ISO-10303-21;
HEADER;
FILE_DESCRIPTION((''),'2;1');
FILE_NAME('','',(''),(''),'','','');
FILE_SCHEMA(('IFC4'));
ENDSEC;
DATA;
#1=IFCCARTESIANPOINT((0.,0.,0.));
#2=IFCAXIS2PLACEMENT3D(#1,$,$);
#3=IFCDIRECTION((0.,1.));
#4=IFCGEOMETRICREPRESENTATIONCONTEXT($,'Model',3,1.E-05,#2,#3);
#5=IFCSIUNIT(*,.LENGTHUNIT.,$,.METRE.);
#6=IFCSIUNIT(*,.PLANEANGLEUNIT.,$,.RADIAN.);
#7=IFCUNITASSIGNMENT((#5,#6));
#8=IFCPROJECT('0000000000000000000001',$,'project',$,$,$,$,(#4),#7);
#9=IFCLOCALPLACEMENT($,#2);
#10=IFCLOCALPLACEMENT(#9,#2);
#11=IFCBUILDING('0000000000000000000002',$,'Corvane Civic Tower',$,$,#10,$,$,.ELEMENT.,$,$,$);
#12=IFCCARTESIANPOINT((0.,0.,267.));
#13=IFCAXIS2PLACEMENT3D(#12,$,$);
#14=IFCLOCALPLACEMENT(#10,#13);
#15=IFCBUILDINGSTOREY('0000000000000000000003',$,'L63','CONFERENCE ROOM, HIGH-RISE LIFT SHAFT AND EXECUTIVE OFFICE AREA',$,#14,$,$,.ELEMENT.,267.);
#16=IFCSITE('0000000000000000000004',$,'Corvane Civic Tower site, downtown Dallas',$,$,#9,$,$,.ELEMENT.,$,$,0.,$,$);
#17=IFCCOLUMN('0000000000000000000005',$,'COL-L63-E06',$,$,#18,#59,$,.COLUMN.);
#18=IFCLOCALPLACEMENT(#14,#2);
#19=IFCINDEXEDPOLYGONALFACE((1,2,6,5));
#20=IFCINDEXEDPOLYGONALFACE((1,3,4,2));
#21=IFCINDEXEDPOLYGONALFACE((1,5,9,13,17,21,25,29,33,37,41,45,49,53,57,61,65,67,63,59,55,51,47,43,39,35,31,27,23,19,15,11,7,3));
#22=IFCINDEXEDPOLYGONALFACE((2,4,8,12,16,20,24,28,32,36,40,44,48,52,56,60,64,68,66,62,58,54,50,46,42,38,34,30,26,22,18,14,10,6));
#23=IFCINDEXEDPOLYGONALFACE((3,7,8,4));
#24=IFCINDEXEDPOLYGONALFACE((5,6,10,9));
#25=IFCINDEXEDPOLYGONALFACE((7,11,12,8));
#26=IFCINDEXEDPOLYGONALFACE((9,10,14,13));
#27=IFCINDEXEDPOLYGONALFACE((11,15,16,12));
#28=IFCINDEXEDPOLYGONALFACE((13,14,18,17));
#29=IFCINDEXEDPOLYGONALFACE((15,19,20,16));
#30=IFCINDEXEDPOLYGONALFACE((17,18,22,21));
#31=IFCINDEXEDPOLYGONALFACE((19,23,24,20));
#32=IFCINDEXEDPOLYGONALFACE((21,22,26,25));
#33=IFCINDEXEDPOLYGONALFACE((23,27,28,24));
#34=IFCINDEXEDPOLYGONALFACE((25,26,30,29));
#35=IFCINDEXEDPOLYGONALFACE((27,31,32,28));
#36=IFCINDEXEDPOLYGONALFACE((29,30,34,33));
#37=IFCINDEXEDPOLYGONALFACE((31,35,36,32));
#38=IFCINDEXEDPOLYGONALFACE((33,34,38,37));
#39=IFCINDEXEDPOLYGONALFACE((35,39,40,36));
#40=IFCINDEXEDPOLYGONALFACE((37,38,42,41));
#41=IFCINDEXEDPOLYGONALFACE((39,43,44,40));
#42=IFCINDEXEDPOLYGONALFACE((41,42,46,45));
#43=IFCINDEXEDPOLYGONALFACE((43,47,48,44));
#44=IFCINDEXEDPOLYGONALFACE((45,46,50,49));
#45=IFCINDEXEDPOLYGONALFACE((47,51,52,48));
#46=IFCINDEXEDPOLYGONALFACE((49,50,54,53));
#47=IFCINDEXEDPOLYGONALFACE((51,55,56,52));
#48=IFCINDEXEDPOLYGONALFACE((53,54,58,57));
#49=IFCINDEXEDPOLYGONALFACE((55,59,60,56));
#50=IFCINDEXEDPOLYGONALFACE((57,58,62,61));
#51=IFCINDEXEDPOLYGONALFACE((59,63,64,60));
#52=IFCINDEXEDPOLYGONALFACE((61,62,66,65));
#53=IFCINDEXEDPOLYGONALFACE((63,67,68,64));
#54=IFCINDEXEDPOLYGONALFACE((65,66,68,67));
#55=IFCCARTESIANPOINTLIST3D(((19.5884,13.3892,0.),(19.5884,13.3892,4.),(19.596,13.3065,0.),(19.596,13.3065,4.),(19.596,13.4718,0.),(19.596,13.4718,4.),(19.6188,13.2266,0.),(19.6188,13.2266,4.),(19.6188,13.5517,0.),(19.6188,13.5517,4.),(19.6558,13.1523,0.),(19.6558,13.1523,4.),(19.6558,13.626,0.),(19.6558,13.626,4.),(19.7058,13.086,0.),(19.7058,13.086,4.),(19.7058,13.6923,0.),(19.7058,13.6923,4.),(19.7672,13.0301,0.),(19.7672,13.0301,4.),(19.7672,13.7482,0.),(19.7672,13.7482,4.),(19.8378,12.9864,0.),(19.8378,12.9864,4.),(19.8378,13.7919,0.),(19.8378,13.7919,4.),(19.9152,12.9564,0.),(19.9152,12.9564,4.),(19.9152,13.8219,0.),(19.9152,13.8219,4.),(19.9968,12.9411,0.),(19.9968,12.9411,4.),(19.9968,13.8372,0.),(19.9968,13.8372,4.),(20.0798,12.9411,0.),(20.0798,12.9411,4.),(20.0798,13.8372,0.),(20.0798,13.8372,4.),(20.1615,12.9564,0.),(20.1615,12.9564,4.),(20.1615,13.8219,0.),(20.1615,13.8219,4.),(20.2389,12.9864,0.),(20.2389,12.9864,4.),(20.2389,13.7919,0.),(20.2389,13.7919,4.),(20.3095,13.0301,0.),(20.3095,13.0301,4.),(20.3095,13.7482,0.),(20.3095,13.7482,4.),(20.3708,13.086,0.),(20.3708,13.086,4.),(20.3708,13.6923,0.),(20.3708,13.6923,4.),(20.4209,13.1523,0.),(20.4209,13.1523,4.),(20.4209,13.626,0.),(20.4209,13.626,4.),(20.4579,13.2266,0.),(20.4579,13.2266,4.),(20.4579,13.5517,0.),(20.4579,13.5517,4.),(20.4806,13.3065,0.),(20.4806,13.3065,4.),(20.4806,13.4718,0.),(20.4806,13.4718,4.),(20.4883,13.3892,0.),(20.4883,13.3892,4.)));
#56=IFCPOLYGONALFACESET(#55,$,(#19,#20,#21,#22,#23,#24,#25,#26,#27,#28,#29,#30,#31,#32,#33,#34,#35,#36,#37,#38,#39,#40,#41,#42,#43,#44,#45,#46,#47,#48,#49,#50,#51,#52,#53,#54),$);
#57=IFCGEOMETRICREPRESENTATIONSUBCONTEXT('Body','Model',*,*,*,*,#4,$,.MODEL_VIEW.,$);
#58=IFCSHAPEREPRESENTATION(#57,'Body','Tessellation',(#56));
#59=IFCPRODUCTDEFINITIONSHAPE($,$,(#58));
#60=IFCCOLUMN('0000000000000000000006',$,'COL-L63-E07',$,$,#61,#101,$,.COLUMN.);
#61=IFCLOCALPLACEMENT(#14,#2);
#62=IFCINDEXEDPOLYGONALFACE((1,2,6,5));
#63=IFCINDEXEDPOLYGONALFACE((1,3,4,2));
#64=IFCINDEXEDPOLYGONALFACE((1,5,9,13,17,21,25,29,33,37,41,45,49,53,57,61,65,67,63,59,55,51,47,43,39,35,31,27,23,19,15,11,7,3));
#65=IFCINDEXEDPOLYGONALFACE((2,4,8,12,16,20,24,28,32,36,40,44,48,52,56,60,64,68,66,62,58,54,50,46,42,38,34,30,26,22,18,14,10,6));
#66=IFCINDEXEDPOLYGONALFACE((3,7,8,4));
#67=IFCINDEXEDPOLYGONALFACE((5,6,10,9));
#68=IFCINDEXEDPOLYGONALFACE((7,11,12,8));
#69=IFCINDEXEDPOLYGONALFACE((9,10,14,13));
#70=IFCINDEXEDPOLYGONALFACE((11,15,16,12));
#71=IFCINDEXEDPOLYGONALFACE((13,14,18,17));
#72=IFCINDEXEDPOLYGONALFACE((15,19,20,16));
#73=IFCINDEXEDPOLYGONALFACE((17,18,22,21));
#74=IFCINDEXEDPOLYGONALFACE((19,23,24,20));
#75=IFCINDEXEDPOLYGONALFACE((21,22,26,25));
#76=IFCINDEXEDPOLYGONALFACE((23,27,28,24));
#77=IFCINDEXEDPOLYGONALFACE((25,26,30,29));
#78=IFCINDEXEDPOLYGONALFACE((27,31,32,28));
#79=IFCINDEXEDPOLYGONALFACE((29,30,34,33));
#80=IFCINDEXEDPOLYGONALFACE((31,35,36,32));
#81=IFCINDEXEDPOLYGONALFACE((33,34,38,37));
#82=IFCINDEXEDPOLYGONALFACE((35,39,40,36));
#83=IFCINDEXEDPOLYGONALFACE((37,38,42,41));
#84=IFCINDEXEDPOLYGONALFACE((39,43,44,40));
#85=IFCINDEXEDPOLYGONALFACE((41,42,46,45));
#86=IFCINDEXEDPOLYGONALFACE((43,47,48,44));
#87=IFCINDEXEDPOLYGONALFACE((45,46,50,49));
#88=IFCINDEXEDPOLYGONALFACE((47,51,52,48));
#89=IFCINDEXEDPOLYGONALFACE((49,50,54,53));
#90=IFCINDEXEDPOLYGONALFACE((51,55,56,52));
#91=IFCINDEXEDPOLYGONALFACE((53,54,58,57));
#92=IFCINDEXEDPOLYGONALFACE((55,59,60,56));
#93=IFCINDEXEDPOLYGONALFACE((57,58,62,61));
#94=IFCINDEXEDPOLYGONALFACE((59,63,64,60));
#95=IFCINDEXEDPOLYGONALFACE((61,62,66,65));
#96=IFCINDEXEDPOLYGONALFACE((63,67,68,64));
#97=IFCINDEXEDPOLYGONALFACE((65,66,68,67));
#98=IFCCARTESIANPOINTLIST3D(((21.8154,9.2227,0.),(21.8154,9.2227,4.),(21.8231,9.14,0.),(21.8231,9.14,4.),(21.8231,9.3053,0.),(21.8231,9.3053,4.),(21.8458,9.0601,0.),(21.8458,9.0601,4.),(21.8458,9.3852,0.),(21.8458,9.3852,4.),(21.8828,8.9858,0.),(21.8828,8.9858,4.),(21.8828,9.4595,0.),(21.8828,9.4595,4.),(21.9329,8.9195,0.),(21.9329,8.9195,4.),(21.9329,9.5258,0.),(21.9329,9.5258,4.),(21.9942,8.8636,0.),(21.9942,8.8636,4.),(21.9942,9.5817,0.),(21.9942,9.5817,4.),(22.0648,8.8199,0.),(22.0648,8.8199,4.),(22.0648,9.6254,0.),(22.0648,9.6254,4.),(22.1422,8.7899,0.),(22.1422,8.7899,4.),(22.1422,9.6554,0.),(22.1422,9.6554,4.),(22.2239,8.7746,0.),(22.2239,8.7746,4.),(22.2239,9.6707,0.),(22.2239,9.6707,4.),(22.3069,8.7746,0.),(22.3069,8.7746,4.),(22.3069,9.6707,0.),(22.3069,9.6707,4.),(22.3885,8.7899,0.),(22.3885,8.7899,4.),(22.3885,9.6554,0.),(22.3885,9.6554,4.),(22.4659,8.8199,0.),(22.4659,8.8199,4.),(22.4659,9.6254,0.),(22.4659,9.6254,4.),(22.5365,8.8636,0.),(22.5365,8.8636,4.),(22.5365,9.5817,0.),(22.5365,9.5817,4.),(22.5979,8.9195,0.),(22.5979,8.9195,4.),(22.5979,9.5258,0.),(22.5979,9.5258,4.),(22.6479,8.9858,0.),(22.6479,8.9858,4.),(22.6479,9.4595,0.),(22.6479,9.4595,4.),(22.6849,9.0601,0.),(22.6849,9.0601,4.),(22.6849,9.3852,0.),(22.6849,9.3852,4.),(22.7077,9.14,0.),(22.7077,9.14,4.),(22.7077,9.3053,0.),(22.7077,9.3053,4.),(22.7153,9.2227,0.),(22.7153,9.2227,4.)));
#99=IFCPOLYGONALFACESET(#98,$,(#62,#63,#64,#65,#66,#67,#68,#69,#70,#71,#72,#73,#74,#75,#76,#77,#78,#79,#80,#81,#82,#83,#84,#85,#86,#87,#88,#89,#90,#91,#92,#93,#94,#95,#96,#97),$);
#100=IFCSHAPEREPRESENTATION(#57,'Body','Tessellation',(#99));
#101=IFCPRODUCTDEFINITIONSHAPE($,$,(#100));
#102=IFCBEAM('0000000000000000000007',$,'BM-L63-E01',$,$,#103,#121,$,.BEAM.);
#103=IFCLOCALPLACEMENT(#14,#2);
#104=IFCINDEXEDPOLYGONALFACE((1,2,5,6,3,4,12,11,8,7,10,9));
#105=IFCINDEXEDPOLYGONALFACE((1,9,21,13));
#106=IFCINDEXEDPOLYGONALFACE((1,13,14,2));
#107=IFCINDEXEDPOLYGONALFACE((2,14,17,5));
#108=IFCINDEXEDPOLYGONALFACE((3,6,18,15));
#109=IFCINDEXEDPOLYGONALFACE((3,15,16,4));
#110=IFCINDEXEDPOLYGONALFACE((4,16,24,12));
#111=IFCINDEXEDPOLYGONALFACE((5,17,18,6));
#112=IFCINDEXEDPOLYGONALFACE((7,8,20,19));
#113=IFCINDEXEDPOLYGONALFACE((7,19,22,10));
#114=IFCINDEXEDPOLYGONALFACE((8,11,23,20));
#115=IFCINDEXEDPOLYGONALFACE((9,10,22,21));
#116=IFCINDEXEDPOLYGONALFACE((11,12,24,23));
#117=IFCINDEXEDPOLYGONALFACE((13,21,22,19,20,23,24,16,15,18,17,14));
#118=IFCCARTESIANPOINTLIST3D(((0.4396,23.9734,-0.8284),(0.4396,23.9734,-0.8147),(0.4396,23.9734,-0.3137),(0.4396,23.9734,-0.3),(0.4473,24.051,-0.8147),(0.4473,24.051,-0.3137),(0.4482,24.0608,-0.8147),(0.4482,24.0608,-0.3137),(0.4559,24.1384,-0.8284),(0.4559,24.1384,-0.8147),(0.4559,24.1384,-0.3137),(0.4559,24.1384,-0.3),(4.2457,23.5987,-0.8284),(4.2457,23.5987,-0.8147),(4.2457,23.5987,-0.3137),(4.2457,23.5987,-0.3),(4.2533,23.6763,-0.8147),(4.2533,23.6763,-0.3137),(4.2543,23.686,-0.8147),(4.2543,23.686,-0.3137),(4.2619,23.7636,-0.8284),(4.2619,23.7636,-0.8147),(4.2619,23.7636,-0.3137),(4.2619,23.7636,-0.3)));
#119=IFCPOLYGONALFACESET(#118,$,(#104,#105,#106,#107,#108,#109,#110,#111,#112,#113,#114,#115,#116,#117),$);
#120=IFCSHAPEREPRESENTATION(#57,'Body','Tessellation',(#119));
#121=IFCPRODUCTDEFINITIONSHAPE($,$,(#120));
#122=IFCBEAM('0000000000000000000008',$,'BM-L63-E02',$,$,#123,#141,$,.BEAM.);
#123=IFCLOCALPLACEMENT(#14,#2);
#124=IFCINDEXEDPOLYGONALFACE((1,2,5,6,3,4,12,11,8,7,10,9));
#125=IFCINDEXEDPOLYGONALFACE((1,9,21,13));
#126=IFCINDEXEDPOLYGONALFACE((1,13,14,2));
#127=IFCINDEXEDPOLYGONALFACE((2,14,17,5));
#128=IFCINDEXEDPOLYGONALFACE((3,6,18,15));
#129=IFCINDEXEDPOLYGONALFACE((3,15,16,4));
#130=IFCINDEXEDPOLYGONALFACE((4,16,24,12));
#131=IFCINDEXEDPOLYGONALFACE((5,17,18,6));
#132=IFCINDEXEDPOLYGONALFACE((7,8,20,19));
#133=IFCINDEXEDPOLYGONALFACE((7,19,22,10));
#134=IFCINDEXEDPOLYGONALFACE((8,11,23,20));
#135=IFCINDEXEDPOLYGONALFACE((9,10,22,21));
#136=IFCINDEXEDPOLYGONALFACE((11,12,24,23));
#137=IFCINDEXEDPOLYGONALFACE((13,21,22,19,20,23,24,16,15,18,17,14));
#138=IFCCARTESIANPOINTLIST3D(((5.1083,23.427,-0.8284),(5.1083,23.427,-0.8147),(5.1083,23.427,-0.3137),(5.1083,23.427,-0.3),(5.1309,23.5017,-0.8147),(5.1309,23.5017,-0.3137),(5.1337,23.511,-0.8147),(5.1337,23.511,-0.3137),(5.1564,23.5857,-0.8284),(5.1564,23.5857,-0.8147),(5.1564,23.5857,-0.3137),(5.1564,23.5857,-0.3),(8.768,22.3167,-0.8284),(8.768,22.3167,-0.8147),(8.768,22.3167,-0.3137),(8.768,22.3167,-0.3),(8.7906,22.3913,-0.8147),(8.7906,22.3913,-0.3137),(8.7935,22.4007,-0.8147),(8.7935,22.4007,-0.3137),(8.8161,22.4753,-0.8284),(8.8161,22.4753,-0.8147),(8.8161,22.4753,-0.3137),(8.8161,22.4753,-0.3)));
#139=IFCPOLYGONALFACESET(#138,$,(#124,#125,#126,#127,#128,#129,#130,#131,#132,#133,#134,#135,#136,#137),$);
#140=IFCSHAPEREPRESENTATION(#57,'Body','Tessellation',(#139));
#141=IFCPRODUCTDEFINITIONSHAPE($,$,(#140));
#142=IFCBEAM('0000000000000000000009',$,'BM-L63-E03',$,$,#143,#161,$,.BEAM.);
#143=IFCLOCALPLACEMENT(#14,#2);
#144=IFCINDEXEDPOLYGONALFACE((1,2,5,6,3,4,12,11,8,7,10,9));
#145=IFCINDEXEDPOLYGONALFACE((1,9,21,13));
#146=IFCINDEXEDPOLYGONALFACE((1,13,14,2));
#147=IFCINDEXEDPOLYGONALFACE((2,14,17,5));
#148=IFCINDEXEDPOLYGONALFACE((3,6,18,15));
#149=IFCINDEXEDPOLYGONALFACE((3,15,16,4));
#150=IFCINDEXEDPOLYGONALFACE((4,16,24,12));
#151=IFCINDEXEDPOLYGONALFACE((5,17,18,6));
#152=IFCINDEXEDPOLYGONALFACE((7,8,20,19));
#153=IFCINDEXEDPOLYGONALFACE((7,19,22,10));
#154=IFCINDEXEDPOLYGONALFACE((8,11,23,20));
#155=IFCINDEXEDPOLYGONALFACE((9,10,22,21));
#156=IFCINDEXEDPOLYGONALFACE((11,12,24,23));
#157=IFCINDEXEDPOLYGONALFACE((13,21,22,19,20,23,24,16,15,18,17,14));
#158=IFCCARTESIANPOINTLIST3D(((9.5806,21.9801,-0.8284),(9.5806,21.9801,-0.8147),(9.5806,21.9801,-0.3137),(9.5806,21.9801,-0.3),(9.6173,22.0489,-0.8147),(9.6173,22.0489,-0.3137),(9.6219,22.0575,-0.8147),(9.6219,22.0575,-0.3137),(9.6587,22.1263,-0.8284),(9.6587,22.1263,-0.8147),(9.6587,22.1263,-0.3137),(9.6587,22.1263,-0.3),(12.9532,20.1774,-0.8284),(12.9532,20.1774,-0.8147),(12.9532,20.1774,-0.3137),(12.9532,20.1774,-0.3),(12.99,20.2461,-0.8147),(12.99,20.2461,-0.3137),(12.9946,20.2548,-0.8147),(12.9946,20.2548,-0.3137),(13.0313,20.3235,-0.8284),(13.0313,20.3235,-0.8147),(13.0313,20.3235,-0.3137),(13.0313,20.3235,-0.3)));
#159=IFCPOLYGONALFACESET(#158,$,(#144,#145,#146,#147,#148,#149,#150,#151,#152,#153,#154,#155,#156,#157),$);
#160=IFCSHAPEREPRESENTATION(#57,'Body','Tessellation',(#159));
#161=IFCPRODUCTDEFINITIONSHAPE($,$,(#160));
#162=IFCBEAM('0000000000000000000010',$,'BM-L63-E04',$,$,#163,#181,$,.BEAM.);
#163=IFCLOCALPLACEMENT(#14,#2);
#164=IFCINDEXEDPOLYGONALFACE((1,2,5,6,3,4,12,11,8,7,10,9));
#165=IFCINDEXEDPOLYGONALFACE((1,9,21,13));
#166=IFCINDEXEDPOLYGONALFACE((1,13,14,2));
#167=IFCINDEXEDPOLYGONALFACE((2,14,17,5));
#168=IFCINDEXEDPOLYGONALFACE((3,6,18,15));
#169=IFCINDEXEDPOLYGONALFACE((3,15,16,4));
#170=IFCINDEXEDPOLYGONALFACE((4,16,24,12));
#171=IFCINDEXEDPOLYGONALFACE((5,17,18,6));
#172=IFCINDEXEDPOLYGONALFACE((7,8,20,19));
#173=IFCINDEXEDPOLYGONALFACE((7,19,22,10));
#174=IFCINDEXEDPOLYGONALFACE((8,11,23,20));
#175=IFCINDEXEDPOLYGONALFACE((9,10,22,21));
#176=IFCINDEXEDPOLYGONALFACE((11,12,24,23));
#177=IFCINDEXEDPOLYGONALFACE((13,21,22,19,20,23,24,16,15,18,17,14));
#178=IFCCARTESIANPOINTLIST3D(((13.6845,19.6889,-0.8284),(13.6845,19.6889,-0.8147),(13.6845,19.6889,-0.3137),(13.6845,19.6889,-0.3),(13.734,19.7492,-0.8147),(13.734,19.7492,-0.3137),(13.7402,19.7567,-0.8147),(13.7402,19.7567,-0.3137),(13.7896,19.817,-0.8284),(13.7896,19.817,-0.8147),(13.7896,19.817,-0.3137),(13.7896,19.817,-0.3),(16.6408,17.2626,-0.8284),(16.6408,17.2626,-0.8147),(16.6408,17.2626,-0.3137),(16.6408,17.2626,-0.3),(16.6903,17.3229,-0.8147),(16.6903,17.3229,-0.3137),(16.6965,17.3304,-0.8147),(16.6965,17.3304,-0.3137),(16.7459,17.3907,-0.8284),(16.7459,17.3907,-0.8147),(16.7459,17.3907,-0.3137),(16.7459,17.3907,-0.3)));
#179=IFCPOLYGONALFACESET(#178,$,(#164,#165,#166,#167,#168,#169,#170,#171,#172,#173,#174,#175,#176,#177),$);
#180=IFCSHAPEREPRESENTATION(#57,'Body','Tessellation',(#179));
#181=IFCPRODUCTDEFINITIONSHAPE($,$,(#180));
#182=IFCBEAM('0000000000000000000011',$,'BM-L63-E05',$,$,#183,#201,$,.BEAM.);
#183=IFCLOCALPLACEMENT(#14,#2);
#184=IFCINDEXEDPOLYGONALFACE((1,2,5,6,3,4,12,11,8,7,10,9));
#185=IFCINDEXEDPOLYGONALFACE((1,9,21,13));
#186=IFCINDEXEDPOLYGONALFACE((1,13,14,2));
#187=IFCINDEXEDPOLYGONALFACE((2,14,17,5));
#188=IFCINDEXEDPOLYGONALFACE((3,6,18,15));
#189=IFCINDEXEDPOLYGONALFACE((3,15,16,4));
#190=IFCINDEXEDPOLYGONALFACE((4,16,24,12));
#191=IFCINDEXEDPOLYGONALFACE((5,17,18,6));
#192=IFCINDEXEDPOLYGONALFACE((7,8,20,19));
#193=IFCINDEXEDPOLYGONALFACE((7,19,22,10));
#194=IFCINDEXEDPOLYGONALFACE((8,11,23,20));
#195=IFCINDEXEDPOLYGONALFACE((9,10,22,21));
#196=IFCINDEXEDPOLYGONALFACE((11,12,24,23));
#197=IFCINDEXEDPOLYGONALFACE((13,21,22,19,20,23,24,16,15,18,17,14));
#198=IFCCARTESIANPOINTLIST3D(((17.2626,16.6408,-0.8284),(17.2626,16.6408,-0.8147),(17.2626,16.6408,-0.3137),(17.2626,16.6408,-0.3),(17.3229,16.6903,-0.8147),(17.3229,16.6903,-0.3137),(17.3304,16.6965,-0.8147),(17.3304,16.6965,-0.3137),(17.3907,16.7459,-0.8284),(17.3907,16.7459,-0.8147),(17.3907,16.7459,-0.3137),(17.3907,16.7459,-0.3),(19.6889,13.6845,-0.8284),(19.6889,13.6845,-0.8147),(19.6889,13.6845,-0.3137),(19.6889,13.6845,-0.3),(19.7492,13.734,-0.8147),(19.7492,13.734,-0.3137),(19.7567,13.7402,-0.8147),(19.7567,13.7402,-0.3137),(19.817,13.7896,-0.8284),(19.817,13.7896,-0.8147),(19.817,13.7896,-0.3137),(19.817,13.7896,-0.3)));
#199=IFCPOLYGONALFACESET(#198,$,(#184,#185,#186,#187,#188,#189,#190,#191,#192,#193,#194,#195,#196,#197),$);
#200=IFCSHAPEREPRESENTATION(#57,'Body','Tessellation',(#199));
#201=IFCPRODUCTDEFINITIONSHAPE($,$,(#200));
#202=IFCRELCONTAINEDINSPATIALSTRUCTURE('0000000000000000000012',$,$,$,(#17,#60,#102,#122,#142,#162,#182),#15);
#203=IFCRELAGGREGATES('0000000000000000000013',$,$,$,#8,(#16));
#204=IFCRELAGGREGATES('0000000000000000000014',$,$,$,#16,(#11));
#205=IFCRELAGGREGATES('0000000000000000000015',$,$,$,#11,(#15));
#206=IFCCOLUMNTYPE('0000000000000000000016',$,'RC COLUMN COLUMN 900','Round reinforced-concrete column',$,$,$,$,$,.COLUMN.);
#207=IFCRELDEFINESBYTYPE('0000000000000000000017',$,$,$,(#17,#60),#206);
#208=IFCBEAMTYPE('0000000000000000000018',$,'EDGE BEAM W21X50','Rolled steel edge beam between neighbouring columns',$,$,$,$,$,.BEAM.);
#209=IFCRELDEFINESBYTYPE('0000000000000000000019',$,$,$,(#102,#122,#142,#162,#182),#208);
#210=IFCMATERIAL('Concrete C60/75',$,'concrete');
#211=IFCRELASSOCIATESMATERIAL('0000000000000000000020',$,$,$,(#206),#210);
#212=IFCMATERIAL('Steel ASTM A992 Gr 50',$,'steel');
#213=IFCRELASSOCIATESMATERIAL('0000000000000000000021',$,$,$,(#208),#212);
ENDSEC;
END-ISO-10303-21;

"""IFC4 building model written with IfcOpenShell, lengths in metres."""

from ifc_helpers import new_model, si_unit, direction, frame, origin, origin_2d, place, context, subcontext, project, spatial, circle, i_section, extrude, material, material_profile, profile_set, type_object, element, save


model = new_model("IFC4")

# Units and contexts
model_context = context("Model", 3, precision=1e-05, world=origin(), true_north=direction((0.0, 1.0)))
body_context = subcontext(model_context, "Body", "Model", "MODEL_VIEW")
ifc_project = project(units=[si_unit("LENGTHUNIT", "METRE"), si_unit("PLANEANGLEUNIT", "RADIAN")], contexts=[model_context])

# Site, building, storey
site_placement = place(None, origin())
site = spatial("IfcSite", under=ifc_project, at=site_placement, Name="Corvane Civic Tower site, downtown Dallas", CompositionType="ELEMENT", RefElevation=0.0)
building_placement = place(site_placement, origin())
building = spatial("IfcBuilding", under=site, at=building_placement, Name="Corvane Civic Tower", CompositionType="ELEMENT")
storey_placement = place(building_placement, frame((0.0, 0.0, 267.0)))
storey = spatial("IfcBuildingStorey", under=building, at=storey_placement, Name="L63", Description="CONFERENCE ROOM, HIGH-RISE LIFT SHAFT AND EXECUTIVE OFFICE AREA", CompositionType="ELEMENT", Elevation=267.0)

# Columns
ifc_material_1 = material(Name="Concrete C60/75", Category="concrete")
ifc_material_profile_1 = material_profile(ifc_material_1, circle(Radius=0.45, at=origin_2d()), Name="COLUMN 900")
ifc_profile_set_1 = profile_set([ifc_material_profile_1], Name="Concrete C60/75")
column_type = type_object("IfcColumnType", Name="RC COLUMN COLUMN 900", Description="Round reinforced-concrete column", PredefinedType="COLUMN", material=ifc_profile_set_1)
for number, where, z_axis, x_axis, name in (
    (1, (20.0383, 13.3892, 0.0), (0.0, 0.0, 1.0), (1.0, 0.0, 0.0), "COL-L63-E06"),
    (2, (22.2654, 9.2227, 0.0), (0.0, 0.0, 1.0), (1.0, 0.0, 0.0), "COL-L63-E07"),
):
    element("IfcColumn", number, at=place(storey_placement, frame(where, z_axis=z_axis, x_axis=x_axis)), inside=storey, type_object=column_type, Name=name, PredefinedType="COLUMN", context=body_context, shape_type="SweptSolid", body=[
        extrude(circle(Radius=0.45, at=origin_2d()), origin(), (0.0, 0.0, 1.0), 4.0),
    ])

# Beams
ifc_material_2 = material(Name="Steel ASTM A992 Gr 50", Category="steel")
ifc_material_profile_2 = material_profile(ifc_material_2, i_section(OverallWidth=0.1658, OverallDepth=0.5283, WebThickness=0.0098, FlangeThickness=0.0137, at=origin_2d()), Name="W21X50")
ifc_profile_set_2 = profile_set([ifc_material_profile_2], Name="Steel ASTM A992 Gr 50")
beam_type_1 = type_object("IfcBeamType", Name="EDGE BEAM W21X50", Description="Rolled steel edge beam between neighbouring columns", PredefinedType="BEAM", material=ifc_profile_set_2)
for number, where, z_axis, x_axis, name in (
    (3, (0.4478, 24.0559, -0.5642), (0.995188, -0.097987, 0.0), (0.097987, 0.995188, 0.0), "BM-L63-E01"),
    (4, (5.1323, 23.5063, -0.5642), (0.956926, -0.290333, 0.0), (0.290333, 0.956926, 0.0), "BM-L63-E02"),
):
    element("IfcBeam", number, at=place(storey_placement, frame(where, z_axis=z_axis, x_axis=x_axis)), inside=storey, type_object=beam_type_1, Name=name, PredefinedType="BEAM", context=body_context, shape_type="SweptSolid", body=[
        extrude(i_section(OverallWidth=0.1658, OverallDepth=0.5283, WebThickness=0.0098, FlangeThickness=0.0137, at=origin_2d()), origin(), (0.0, 0.0, 1.0), 3.8245),
    ])
beam_1_placement = place(storey_placement, frame((9.6196, 22.0532, -0.5642), z_axis=(0.881914, -0.47141, 0.0), x_axis=(0.47141, 0.881914, 0.0)))
element("IfcBeam", 5, at=beam_1_placement, inside=storey, type_object=beam_type_1, Name="BM-L63-E03", PredefinedType="BEAM", context=body_context, shape_type="SweptSolid", body=[
    extrude(i_section(OverallWidth=0.1658, OverallDepth=0.5283, WebThickness=0.0098, FlangeThickness=0.0137, at=origin_2d()), origin(), (0.0, 0.0, 1.0), 3.8242),
])
for number, where, z_axis, x_axis, name in (
    (6, (13.7371, 19.7529, -0.5642), (0.772998, -0.634409, 0.0), (0.634409, 0.772998, 0.0), "BM-L63-E04"),
    (7, (17.3267, 16.6934, -0.5642), (0.634409, -0.772998, 0.0), (0.772998, 0.634409, 0.0), "BM-L63-E05"),
):
    element("IfcBeam", number, at=place(storey_placement, frame(where, z_axis=z_axis, x_axis=x_axis)), inside=storey, type_object=beam_type_1, Name=name, PredefinedType="BEAM", context=body_context, shape_type="SweptSolid", body=[
        extrude(i_section(OverallWidth=0.1658, OverallDepth=0.5283, WebThickness=0.0098, FlangeThickness=0.0137, at=origin_2d()), origin(), (0.0, 0.0, 1.0), 3.8245),
    ])

save(model, "model.ifc")
